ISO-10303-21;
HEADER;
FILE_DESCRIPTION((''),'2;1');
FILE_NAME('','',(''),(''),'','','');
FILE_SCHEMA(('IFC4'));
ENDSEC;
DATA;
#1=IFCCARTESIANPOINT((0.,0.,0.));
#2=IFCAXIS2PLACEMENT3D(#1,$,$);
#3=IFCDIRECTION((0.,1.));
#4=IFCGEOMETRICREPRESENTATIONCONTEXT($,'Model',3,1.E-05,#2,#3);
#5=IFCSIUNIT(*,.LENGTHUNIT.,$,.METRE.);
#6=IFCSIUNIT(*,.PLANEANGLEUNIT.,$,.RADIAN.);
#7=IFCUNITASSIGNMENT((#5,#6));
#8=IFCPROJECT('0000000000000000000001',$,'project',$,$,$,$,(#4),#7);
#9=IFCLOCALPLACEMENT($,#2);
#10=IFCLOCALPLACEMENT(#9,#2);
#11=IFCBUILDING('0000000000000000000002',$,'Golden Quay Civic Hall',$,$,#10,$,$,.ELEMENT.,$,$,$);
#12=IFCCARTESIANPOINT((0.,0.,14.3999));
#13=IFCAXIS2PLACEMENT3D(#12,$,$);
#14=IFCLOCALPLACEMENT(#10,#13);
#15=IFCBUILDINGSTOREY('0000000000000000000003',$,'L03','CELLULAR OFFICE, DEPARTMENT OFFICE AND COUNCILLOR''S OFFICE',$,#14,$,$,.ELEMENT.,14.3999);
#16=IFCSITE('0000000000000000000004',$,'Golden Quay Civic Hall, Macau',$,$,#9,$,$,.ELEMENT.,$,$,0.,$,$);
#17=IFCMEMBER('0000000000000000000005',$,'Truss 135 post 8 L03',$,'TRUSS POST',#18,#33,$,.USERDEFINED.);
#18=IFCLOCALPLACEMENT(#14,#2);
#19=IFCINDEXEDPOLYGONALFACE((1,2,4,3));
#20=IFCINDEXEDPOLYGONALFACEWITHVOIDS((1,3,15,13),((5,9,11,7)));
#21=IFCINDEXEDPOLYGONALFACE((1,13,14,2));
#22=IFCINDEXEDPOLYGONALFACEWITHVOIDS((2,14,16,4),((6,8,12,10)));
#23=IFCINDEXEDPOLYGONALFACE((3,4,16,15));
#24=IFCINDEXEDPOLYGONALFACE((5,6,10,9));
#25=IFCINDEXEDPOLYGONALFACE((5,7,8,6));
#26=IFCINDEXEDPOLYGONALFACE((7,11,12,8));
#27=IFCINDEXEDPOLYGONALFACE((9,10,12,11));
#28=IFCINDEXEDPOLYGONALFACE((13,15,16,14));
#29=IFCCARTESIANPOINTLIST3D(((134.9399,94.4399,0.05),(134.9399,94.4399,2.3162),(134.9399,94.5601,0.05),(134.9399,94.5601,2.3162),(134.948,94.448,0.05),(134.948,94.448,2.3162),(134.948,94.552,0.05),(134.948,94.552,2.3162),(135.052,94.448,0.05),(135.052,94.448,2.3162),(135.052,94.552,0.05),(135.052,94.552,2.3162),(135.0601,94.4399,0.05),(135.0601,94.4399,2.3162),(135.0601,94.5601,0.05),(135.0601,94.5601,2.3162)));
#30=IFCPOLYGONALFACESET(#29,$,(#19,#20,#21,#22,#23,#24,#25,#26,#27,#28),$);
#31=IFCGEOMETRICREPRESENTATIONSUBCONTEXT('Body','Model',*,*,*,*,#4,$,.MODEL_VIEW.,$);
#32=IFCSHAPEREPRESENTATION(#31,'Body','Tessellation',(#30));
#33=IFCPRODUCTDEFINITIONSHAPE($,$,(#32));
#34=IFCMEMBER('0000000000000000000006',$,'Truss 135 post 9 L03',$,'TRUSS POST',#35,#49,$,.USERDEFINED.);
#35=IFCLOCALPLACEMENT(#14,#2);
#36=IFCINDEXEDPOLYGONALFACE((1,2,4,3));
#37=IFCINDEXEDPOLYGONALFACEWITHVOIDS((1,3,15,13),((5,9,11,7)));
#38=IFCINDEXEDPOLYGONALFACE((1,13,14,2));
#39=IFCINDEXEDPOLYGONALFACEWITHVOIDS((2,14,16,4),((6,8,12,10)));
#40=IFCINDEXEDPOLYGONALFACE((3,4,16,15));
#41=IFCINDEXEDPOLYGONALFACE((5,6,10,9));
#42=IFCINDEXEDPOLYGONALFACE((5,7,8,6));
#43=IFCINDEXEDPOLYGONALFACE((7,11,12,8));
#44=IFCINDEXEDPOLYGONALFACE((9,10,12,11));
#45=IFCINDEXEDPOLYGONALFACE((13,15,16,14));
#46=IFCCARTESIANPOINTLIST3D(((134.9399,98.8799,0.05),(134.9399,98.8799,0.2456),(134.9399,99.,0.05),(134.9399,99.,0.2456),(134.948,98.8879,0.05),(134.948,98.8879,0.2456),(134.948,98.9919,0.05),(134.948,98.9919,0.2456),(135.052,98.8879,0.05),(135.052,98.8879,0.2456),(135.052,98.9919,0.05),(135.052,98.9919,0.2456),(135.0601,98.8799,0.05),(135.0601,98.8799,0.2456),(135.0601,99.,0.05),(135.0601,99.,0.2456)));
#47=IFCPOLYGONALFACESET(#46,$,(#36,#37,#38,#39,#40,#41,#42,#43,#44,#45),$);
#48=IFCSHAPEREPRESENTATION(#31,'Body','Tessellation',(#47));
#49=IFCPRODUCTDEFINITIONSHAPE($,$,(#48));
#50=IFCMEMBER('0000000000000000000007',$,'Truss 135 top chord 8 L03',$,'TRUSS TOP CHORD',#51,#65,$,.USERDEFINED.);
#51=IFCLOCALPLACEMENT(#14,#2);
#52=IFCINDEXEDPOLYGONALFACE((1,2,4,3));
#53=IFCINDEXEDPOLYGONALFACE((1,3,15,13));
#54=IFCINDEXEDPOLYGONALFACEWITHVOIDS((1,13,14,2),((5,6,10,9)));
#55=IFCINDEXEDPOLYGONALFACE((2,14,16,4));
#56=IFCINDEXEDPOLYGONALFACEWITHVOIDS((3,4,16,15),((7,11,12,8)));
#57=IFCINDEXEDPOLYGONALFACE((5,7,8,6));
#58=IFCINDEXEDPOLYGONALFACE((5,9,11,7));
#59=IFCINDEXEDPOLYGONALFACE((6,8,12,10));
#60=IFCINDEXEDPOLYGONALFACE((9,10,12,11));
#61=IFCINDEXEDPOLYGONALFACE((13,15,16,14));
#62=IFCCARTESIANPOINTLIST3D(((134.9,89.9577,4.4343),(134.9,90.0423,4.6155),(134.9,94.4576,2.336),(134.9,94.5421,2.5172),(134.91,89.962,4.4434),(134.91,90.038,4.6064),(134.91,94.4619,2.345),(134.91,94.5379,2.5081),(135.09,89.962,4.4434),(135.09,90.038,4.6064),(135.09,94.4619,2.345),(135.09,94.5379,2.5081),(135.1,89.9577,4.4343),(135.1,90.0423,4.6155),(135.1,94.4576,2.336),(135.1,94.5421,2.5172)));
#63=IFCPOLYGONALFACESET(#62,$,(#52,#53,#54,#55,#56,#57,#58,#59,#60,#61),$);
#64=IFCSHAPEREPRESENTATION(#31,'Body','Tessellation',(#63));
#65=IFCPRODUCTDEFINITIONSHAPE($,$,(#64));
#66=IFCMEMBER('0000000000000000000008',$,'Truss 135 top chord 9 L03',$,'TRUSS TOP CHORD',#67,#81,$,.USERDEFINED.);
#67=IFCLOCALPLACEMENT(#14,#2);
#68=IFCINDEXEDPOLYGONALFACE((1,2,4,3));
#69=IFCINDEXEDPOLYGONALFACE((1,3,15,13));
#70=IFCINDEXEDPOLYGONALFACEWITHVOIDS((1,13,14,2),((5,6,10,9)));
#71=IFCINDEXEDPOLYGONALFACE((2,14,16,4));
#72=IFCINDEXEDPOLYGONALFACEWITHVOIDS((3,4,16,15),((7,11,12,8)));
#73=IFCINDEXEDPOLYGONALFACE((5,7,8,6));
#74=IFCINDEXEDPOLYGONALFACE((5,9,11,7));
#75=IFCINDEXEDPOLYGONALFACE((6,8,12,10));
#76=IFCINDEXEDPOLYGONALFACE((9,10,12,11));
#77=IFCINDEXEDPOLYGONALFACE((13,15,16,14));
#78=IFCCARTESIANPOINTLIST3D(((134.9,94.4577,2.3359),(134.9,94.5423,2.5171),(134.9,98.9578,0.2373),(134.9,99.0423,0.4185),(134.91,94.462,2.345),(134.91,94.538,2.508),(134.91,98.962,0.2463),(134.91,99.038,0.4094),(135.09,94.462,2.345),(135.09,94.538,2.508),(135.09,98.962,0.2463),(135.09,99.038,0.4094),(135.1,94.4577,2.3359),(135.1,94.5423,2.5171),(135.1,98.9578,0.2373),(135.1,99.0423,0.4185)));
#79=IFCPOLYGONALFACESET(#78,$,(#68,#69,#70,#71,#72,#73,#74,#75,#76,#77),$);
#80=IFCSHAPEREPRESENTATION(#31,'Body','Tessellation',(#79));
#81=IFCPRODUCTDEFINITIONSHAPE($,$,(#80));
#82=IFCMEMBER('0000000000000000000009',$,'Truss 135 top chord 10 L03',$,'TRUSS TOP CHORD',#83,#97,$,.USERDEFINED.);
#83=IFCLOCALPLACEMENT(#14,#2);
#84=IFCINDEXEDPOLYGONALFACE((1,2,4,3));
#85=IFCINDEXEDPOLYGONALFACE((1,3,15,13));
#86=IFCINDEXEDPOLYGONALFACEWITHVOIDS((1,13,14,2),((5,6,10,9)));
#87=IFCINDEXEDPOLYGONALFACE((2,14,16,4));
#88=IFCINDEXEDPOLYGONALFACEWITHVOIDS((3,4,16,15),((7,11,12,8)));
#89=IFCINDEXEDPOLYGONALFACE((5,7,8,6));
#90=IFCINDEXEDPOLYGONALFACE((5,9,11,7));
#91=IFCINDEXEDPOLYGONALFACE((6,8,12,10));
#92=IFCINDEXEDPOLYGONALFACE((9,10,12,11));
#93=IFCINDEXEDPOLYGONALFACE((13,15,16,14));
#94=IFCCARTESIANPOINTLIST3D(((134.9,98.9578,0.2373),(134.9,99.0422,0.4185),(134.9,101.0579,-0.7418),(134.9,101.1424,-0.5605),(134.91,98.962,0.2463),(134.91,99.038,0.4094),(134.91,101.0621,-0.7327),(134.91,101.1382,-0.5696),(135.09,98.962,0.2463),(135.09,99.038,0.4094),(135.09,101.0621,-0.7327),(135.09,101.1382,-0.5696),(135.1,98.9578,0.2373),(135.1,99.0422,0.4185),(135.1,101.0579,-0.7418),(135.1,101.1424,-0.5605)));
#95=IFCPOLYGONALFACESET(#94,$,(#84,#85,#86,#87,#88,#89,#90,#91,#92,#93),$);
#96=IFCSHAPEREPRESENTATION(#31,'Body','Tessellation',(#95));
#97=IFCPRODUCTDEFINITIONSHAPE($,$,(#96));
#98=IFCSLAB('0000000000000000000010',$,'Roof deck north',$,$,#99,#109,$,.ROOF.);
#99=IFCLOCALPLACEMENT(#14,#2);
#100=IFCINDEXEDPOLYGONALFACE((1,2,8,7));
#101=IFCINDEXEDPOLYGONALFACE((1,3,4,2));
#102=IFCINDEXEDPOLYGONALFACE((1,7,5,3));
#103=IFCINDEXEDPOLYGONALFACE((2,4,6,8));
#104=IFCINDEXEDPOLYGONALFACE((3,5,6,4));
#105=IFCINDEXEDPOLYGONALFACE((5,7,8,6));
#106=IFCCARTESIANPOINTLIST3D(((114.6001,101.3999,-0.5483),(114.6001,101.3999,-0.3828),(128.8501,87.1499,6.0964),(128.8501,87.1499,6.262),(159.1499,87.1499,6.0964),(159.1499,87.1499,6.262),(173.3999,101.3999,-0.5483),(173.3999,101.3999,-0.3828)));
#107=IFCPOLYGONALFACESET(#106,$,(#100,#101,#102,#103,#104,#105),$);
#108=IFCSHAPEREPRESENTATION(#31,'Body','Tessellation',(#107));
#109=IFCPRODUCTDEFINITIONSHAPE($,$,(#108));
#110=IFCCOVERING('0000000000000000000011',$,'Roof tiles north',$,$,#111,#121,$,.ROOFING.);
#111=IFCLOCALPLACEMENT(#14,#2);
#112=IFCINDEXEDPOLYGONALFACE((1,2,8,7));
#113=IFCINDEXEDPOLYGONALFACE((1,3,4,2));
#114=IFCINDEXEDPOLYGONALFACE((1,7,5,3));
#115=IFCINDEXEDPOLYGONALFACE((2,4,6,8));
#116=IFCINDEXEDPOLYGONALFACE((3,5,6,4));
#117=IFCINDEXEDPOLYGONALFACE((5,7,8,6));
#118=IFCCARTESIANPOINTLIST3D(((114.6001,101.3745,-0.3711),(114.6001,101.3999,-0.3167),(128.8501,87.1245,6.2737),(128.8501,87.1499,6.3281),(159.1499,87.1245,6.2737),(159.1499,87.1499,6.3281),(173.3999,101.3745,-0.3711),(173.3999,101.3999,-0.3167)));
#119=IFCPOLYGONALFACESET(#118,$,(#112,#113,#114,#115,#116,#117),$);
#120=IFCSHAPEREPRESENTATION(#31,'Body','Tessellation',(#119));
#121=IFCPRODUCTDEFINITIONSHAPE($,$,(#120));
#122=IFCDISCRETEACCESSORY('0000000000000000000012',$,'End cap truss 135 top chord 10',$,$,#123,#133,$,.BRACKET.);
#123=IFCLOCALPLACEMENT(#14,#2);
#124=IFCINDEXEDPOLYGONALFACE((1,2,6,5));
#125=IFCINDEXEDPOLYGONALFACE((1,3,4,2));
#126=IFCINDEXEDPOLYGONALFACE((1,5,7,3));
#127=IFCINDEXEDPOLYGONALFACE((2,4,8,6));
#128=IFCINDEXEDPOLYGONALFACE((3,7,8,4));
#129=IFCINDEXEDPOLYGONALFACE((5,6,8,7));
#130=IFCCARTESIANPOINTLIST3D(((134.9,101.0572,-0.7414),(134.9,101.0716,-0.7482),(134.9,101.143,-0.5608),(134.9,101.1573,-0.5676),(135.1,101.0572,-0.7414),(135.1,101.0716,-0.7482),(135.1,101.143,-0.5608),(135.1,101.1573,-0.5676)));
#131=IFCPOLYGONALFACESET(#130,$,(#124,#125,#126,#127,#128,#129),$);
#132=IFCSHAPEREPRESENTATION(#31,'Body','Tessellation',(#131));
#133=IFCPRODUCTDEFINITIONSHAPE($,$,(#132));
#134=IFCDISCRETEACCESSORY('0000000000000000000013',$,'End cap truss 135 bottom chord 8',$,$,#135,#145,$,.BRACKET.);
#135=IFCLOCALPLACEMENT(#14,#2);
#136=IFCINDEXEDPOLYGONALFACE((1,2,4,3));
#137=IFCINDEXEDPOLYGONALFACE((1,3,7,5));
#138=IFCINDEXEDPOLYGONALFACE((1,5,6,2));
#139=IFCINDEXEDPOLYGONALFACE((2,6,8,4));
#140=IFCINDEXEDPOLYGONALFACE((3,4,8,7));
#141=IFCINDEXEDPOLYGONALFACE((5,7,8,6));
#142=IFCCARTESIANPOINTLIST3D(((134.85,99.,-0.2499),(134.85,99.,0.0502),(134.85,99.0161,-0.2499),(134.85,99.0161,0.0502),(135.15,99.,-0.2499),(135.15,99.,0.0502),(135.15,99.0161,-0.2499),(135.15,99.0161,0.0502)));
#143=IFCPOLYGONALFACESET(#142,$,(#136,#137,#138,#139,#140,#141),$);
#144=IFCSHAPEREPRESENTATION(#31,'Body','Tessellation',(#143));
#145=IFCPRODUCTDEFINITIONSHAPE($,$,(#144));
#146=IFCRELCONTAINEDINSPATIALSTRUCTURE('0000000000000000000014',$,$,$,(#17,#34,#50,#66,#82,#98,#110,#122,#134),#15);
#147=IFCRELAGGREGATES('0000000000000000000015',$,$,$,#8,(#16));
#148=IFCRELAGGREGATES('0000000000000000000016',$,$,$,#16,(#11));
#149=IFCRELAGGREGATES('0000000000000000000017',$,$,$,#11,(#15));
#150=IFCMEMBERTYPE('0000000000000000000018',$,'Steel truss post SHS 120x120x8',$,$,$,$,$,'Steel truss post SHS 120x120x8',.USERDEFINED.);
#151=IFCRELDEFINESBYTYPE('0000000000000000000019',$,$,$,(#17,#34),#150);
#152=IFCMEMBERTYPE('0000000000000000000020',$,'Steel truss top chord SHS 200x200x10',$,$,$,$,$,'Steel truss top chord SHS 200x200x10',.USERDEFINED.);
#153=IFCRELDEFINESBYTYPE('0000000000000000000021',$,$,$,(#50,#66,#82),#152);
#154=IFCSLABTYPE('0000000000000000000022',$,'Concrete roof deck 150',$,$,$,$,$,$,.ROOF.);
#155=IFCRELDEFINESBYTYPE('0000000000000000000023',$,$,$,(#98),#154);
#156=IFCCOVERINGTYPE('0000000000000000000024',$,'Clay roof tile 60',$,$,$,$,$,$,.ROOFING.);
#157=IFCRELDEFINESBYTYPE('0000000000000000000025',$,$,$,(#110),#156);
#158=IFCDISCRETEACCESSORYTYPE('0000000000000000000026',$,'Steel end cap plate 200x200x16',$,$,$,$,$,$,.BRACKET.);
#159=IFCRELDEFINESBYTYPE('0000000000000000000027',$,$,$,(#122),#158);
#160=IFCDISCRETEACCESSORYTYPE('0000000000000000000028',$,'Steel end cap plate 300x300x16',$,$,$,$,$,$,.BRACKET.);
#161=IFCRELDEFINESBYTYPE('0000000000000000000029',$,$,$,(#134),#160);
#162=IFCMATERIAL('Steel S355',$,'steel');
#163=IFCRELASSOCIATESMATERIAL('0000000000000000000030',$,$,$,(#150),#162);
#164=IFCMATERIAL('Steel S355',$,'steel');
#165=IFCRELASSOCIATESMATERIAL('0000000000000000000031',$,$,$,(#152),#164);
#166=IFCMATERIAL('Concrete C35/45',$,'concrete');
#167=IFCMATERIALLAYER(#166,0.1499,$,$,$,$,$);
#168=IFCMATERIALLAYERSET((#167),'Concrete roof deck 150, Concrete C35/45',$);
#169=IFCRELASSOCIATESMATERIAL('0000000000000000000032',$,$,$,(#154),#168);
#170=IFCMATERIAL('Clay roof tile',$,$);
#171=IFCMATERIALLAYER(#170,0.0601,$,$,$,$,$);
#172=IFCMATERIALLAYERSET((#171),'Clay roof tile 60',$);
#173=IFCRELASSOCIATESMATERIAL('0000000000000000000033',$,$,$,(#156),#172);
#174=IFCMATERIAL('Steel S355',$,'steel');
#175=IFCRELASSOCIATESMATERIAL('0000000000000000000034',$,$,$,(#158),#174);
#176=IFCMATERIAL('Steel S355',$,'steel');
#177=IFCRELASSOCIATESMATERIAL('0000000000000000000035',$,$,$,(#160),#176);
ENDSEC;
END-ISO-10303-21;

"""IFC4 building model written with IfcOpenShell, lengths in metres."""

from ifc_helpers import new_model, si_unit, direction, frame, origin, origin_2d, place, context, subcontext, project, spatial, polyline, rectangle, hollow_rectangle, outline, extrude, material, layer, layer_set, material_profile, profile_set, type_object, element, save


model = new_model("IFC4")

# Units and contexts
model_context = context("Model", 3, precision=1e-05, world=origin(), true_north=direction((0.0, 1.0)))
body_context = subcontext(model_context, "Body", "Model", "MODEL_VIEW")
ifc_project = project(units=[si_unit("LENGTHUNIT", "METRE"), si_unit("PLANEANGLEUNIT", "RADIAN")], contexts=[model_context])

# Site, building, storey
site_placement = place(None, origin())
site = spatial("IfcSite", under=ifc_project, at=site_placement, Name="Golden Quay Civic Hall, Macau", CompositionType="ELEMENT", RefElevation=0.0)
building_placement = place(site_placement, origin())
building = spatial("IfcBuilding", under=site, at=building_placement, Name="Golden Quay Civic Hall", CompositionType="ELEMENT")
storey_placement = place(building_placement, frame((0.0, 0.0, 14.3999)))
storey = spatial("IfcBuildingStorey", under=building, at=storey_placement, Name="L03", Description="CELLULAR OFFICE, DEPARTMENT OFFICE AND COUNCILLOR'S OFFICE", CompositionType="ELEMENT", Elevation=14.3999)

# Members
ifc_material_1 = material(Name="Steel S355", Category="steel")
ifc_material_profile_1 = material_profile(ifc_material_1, hollow_rectangle(XDim=0.1201, YDim=0.1201, WallThickness=0.0081, at=origin_2d()), Name="SHS 120x120x8")
ifc_profile_set_1 = profile_set([ifc_material_profile_1], Name="Steel S355")
member_type_1 = type_object("IfcMemberType", Name="Steel truss post SHS 120x120x8", ElementType="Steel truss post SHS 120x120x8", PredefinedType="USERDEFINED", material=ifc_profile_set_1)
member_1_placement = place(storey_placement, frame((135.0, 94.5, 0.05), z_axis=(0.0, 0.0, 1.0), x_axis=(1.0, 0.0, 0.0)))
element("IfcMember", 1, at=member_1_placement, inside=storey, type_object=member_type_1, Name="Truss 135 post 8 L03", ObjectType="TRUSS POST", PredefinedType="USERDEFINED", context=body_context, shape_type="SweptSolid", body=[
    extrude(hollow_rectangle(XDim=0.1201, YDim=0.1201, WallThickness=0.0081, at=origin_2d()), origin(), (0.0, 0.0, 1.0), 2.2661),
])
member_2_placement = place(storey_placement, frame((135.0, 98.9399, 0.05), z_axis=(0.0, 0.0, 1.0), x_axis=(1.0, 0.0, 0.0)))
element("IfcMember", 2, at=member_2_placement, inside=storey, type_object=member_type_1, Name="Truss 135 post 9 L03", ObjectType="TRUSS POST", PredefinedType="USERDEFINED", context=body_context, shape_type="SweptSolid", body=[
    extrude(hollow_rectangle(XDim=0.1201, YDim=0.1201, WallThickness=0.0081, at=origin_2d()), origin(), (0.0, 0.0, 1.0), 0.1956),
])
ifc_material_2 = material(Name="Steel S355", Category="steel")
ifc_material_profile_2 = material_profile(ifc_material_2, hollow_rectangle(XDim=0.2, YDim=0.2, WallThickness=0.01, at=origin_2d()), Name="SHS 200x200x10")
ifc_profile_set_2 = profile_set([ifc_material_profile_2], Name="Steel S355")
member_type_2 = type_object("IfcMemberType", Name="Steel truss top chord SHS 200x200x10", ElementType="Steel truss top chord SHS 200x200x10", PredefinedType="USERDEFINED", material=ifc_profile_set_2)
member_3_placement = place(storey_placement, frame((135.0, 90.0, 4.5249), z_axis=(0.0, 0.906307, -0.422619), x_axis=(-1.0, 0.0, 0.0)))
element("IfcMember", 3, at=member_3_placement, inside=storey, type_object=member_type_2, Name="Truss 135 top chord 8 L03", ObjectType="TRUSS TOP CHORD", PredefinedType="USERDEFINED", context=body_context, shape_type="SweptSolid", body=[
    extrude(hollow_rectangle(XDim=0.2, YDim=0.2, WallThickness=0.01, at=origin_2d()), origin(), (0.0, 0.0, 1.0), 4.9651),
])
member_4_placement = place(storey_placement, frame((135.0, 94.5, 2.4265), z_axis=(0.0, 0.906289, -0.422659), x_axis=(-1.0, 0.0, 0.0)))
element("IfcMember", 4, at=member_4_placement, inside=storey, type_object=member_type_2, Name="Truss 135 top chord 9 L03", ObjectType="TRUSS TOP CHORD", PredefinedType="USERDEFINED", context=body_context, shape_type="SweptSolid", body=[
    extrude(hollow_rectangle(XDim=0.2, YDim=0.2, WallThickness=0.01, at=origin_2d()), origin(), (0.0, 0.0, 1.0), 4.9653),
])
member_5_placement = place(storey_placement, frame((135.0, 99.0, 0.3279), z_axis=(0.0, 0.906355, -0.422516), x_axis=(-1.0, 0.0, 0.0)))
element("IfcMember", 5, at=member_5_placement, inside=storey, type_object=member_type_2, Name="Truss 135 top chord 10 L03", ObjectType="TRUSS TOP CHORD", PredefinedType="USERDEFINED", context=body_context, shape_type="SweptSolid", body=[
    extrude(hollow_rectangle(XDim=0.2, YDim=0.2, WallThickness=0.01, at=origin_2d()), origin(), (0.0, 0.0, 1.0), 2.3171),
])

# Slab
ifc_material_3 = material(Name="Concrete C35/45", Category="concrete")
ifc_layer_1 = layer(ifc_material_3, 0.1499)
ifc_layer_set_1 = layer_set([ifc_layer_1], Name="Concrete roof deck 150, Concrete C35/45")
slab_type = type_object("IfcSlabType", Name="Concrete roof deck 150", PredefinedType="ROOF", material=ifc_layer_set_1)
slab_placement = place(storey_placement, frame((128.8501, 87.1499, 6.262), z_axis=(0.0, 0.422613, 0.90631), x_axis=(1.0, 0.0, 0.0)))
element("IfcSlab", 6, at=slab_placement, inside=storey, type_object=slab_type, Name="Roof deck north", PredefinedType="ROOF", context=body_context, shape_type="SweptSolid", body=[
    extrude(outline(polyline([(0.0, 0.0), (30.2998, 0.0), (44.5498, 15.7231), (-14.25, 15.7231), (0.0, 0.0)])), origin(), (0.0, 0.422613, -0.90631), 0.1655),
])

# Covering
ifc_material_4 = material(Name="Clay roof tile")
ifc_layer_2 = layer(ifc_material_4, 0.0601)
ifc_layer_set_2 = layer_set([ifc_layer_2], Name="Clay roof tile 60")
covering_type = type_object("IfcCoveringType", Name="Clay roof tile 60", PredefinedType="ROOFING", material=ifc_layer_set_2)
covering_placement = place(storey_placement, frame((128.8501, 87.1499, 6.3281), z_axis=(0.0, 0.422613, 0.90631), x_axis=(1.0, 0.0, 0.0)))
element("IfcCovering", 7, at=covering_placement, inside=storey, type_object=covering_type, Name="Roof tiles north", PredefinedType="ROOFING", context=body_context, shape_type="SweptSolid", body=[
    extrude(outline(polyline([(0.0, 0.0), (30.2998, 0.0), (44.5498, 15.7231), (-14.25, 15.7231), (0.0, 0.0)])), origin(), (0.0, 0.0, -1.0), 0.0601),
])

# Discrete accessories
ifc_material_5 = material(Name="Steel S355", Category="steel")
ifc_material_profile_3 = material_profile(ifc_material_5, rectangle(XDim=0.2, YDim=0.2, at=origin_2d()), Name="Steel end cap plate 200x200x16")
ifc_profile_set_3 = profile_set([ifc_material_profile_3], Name="Steel S355")
discrete_accessory_type_1 = type_object("IfcDiscreteAccessoryType", Name="Steel end cap plate 200x200x16", PredefinedType="BRACKET", material=ifc_profile_set_3)
discrete_accessory_1_placement = place(storey_placement, frame((135.0, 101.1001, -0.6511), z_axis=(0.0, 0.903426, -0.428744), x_axis=(-1.0, 0.0, 0.0)))
element("IfcDiscreteAccessory", 8, at=discrete_accessory_1_placement, inside=storey, type_object=discrete_accessory_type_1, Name="End cap truss 135 top chord 10", PredefinedType="BRACKET", context=body_context, shape_type="SweptSolid", body=[
    extrude(rectangle(XDim=0.2, YDim=0.2, at=origin_2d()), origin(), (0.0, 0.0, 1.0), 0.0159),
])
ifc_material_6 = material(Name="Steel S355", Category="steel")
ifc_material_profile_4 = material_profile(ifc_material_6, rectangle(XDim=0.3, YDim=0.3, at=origin_2d()), Name="Steel end cap plate 300x300x16")
ifc_profile_set_4 = profile_set([ifc_material_profile_4], Name="Steel S355")
discrete_accessory_type_2 = type_object("IfcDiscreteAccessoryType", Name="Steel end cap plate 300x300x16", PredefinedType="BRACKET", material=ifc_profile_set_4)
discrete_accessory_2_placement = place(storey_placement, frame((135.0, 99.0, -0.0999), z_axis=(0.0, 1.0, 0.0), x_axis=(-1.0, 0.0, 0.0)))
element("IfcDiscreteAccessory", 9, at=discrete_accessory_2_placement, inside=storey, type_object=discrete_accessory_type_2, Name="End cap truss 135 bottom chord 8", PredefinedType="BRACKET", context=body_context, shape_type="SweptSolid", body=[
    extrude(rectangle(XDim=0.3, YDim=0.3, at=origin_2d()), origin(), (0.0, 0.0, 1.0), 0.0161),
])

save(model, "model.ifc")
